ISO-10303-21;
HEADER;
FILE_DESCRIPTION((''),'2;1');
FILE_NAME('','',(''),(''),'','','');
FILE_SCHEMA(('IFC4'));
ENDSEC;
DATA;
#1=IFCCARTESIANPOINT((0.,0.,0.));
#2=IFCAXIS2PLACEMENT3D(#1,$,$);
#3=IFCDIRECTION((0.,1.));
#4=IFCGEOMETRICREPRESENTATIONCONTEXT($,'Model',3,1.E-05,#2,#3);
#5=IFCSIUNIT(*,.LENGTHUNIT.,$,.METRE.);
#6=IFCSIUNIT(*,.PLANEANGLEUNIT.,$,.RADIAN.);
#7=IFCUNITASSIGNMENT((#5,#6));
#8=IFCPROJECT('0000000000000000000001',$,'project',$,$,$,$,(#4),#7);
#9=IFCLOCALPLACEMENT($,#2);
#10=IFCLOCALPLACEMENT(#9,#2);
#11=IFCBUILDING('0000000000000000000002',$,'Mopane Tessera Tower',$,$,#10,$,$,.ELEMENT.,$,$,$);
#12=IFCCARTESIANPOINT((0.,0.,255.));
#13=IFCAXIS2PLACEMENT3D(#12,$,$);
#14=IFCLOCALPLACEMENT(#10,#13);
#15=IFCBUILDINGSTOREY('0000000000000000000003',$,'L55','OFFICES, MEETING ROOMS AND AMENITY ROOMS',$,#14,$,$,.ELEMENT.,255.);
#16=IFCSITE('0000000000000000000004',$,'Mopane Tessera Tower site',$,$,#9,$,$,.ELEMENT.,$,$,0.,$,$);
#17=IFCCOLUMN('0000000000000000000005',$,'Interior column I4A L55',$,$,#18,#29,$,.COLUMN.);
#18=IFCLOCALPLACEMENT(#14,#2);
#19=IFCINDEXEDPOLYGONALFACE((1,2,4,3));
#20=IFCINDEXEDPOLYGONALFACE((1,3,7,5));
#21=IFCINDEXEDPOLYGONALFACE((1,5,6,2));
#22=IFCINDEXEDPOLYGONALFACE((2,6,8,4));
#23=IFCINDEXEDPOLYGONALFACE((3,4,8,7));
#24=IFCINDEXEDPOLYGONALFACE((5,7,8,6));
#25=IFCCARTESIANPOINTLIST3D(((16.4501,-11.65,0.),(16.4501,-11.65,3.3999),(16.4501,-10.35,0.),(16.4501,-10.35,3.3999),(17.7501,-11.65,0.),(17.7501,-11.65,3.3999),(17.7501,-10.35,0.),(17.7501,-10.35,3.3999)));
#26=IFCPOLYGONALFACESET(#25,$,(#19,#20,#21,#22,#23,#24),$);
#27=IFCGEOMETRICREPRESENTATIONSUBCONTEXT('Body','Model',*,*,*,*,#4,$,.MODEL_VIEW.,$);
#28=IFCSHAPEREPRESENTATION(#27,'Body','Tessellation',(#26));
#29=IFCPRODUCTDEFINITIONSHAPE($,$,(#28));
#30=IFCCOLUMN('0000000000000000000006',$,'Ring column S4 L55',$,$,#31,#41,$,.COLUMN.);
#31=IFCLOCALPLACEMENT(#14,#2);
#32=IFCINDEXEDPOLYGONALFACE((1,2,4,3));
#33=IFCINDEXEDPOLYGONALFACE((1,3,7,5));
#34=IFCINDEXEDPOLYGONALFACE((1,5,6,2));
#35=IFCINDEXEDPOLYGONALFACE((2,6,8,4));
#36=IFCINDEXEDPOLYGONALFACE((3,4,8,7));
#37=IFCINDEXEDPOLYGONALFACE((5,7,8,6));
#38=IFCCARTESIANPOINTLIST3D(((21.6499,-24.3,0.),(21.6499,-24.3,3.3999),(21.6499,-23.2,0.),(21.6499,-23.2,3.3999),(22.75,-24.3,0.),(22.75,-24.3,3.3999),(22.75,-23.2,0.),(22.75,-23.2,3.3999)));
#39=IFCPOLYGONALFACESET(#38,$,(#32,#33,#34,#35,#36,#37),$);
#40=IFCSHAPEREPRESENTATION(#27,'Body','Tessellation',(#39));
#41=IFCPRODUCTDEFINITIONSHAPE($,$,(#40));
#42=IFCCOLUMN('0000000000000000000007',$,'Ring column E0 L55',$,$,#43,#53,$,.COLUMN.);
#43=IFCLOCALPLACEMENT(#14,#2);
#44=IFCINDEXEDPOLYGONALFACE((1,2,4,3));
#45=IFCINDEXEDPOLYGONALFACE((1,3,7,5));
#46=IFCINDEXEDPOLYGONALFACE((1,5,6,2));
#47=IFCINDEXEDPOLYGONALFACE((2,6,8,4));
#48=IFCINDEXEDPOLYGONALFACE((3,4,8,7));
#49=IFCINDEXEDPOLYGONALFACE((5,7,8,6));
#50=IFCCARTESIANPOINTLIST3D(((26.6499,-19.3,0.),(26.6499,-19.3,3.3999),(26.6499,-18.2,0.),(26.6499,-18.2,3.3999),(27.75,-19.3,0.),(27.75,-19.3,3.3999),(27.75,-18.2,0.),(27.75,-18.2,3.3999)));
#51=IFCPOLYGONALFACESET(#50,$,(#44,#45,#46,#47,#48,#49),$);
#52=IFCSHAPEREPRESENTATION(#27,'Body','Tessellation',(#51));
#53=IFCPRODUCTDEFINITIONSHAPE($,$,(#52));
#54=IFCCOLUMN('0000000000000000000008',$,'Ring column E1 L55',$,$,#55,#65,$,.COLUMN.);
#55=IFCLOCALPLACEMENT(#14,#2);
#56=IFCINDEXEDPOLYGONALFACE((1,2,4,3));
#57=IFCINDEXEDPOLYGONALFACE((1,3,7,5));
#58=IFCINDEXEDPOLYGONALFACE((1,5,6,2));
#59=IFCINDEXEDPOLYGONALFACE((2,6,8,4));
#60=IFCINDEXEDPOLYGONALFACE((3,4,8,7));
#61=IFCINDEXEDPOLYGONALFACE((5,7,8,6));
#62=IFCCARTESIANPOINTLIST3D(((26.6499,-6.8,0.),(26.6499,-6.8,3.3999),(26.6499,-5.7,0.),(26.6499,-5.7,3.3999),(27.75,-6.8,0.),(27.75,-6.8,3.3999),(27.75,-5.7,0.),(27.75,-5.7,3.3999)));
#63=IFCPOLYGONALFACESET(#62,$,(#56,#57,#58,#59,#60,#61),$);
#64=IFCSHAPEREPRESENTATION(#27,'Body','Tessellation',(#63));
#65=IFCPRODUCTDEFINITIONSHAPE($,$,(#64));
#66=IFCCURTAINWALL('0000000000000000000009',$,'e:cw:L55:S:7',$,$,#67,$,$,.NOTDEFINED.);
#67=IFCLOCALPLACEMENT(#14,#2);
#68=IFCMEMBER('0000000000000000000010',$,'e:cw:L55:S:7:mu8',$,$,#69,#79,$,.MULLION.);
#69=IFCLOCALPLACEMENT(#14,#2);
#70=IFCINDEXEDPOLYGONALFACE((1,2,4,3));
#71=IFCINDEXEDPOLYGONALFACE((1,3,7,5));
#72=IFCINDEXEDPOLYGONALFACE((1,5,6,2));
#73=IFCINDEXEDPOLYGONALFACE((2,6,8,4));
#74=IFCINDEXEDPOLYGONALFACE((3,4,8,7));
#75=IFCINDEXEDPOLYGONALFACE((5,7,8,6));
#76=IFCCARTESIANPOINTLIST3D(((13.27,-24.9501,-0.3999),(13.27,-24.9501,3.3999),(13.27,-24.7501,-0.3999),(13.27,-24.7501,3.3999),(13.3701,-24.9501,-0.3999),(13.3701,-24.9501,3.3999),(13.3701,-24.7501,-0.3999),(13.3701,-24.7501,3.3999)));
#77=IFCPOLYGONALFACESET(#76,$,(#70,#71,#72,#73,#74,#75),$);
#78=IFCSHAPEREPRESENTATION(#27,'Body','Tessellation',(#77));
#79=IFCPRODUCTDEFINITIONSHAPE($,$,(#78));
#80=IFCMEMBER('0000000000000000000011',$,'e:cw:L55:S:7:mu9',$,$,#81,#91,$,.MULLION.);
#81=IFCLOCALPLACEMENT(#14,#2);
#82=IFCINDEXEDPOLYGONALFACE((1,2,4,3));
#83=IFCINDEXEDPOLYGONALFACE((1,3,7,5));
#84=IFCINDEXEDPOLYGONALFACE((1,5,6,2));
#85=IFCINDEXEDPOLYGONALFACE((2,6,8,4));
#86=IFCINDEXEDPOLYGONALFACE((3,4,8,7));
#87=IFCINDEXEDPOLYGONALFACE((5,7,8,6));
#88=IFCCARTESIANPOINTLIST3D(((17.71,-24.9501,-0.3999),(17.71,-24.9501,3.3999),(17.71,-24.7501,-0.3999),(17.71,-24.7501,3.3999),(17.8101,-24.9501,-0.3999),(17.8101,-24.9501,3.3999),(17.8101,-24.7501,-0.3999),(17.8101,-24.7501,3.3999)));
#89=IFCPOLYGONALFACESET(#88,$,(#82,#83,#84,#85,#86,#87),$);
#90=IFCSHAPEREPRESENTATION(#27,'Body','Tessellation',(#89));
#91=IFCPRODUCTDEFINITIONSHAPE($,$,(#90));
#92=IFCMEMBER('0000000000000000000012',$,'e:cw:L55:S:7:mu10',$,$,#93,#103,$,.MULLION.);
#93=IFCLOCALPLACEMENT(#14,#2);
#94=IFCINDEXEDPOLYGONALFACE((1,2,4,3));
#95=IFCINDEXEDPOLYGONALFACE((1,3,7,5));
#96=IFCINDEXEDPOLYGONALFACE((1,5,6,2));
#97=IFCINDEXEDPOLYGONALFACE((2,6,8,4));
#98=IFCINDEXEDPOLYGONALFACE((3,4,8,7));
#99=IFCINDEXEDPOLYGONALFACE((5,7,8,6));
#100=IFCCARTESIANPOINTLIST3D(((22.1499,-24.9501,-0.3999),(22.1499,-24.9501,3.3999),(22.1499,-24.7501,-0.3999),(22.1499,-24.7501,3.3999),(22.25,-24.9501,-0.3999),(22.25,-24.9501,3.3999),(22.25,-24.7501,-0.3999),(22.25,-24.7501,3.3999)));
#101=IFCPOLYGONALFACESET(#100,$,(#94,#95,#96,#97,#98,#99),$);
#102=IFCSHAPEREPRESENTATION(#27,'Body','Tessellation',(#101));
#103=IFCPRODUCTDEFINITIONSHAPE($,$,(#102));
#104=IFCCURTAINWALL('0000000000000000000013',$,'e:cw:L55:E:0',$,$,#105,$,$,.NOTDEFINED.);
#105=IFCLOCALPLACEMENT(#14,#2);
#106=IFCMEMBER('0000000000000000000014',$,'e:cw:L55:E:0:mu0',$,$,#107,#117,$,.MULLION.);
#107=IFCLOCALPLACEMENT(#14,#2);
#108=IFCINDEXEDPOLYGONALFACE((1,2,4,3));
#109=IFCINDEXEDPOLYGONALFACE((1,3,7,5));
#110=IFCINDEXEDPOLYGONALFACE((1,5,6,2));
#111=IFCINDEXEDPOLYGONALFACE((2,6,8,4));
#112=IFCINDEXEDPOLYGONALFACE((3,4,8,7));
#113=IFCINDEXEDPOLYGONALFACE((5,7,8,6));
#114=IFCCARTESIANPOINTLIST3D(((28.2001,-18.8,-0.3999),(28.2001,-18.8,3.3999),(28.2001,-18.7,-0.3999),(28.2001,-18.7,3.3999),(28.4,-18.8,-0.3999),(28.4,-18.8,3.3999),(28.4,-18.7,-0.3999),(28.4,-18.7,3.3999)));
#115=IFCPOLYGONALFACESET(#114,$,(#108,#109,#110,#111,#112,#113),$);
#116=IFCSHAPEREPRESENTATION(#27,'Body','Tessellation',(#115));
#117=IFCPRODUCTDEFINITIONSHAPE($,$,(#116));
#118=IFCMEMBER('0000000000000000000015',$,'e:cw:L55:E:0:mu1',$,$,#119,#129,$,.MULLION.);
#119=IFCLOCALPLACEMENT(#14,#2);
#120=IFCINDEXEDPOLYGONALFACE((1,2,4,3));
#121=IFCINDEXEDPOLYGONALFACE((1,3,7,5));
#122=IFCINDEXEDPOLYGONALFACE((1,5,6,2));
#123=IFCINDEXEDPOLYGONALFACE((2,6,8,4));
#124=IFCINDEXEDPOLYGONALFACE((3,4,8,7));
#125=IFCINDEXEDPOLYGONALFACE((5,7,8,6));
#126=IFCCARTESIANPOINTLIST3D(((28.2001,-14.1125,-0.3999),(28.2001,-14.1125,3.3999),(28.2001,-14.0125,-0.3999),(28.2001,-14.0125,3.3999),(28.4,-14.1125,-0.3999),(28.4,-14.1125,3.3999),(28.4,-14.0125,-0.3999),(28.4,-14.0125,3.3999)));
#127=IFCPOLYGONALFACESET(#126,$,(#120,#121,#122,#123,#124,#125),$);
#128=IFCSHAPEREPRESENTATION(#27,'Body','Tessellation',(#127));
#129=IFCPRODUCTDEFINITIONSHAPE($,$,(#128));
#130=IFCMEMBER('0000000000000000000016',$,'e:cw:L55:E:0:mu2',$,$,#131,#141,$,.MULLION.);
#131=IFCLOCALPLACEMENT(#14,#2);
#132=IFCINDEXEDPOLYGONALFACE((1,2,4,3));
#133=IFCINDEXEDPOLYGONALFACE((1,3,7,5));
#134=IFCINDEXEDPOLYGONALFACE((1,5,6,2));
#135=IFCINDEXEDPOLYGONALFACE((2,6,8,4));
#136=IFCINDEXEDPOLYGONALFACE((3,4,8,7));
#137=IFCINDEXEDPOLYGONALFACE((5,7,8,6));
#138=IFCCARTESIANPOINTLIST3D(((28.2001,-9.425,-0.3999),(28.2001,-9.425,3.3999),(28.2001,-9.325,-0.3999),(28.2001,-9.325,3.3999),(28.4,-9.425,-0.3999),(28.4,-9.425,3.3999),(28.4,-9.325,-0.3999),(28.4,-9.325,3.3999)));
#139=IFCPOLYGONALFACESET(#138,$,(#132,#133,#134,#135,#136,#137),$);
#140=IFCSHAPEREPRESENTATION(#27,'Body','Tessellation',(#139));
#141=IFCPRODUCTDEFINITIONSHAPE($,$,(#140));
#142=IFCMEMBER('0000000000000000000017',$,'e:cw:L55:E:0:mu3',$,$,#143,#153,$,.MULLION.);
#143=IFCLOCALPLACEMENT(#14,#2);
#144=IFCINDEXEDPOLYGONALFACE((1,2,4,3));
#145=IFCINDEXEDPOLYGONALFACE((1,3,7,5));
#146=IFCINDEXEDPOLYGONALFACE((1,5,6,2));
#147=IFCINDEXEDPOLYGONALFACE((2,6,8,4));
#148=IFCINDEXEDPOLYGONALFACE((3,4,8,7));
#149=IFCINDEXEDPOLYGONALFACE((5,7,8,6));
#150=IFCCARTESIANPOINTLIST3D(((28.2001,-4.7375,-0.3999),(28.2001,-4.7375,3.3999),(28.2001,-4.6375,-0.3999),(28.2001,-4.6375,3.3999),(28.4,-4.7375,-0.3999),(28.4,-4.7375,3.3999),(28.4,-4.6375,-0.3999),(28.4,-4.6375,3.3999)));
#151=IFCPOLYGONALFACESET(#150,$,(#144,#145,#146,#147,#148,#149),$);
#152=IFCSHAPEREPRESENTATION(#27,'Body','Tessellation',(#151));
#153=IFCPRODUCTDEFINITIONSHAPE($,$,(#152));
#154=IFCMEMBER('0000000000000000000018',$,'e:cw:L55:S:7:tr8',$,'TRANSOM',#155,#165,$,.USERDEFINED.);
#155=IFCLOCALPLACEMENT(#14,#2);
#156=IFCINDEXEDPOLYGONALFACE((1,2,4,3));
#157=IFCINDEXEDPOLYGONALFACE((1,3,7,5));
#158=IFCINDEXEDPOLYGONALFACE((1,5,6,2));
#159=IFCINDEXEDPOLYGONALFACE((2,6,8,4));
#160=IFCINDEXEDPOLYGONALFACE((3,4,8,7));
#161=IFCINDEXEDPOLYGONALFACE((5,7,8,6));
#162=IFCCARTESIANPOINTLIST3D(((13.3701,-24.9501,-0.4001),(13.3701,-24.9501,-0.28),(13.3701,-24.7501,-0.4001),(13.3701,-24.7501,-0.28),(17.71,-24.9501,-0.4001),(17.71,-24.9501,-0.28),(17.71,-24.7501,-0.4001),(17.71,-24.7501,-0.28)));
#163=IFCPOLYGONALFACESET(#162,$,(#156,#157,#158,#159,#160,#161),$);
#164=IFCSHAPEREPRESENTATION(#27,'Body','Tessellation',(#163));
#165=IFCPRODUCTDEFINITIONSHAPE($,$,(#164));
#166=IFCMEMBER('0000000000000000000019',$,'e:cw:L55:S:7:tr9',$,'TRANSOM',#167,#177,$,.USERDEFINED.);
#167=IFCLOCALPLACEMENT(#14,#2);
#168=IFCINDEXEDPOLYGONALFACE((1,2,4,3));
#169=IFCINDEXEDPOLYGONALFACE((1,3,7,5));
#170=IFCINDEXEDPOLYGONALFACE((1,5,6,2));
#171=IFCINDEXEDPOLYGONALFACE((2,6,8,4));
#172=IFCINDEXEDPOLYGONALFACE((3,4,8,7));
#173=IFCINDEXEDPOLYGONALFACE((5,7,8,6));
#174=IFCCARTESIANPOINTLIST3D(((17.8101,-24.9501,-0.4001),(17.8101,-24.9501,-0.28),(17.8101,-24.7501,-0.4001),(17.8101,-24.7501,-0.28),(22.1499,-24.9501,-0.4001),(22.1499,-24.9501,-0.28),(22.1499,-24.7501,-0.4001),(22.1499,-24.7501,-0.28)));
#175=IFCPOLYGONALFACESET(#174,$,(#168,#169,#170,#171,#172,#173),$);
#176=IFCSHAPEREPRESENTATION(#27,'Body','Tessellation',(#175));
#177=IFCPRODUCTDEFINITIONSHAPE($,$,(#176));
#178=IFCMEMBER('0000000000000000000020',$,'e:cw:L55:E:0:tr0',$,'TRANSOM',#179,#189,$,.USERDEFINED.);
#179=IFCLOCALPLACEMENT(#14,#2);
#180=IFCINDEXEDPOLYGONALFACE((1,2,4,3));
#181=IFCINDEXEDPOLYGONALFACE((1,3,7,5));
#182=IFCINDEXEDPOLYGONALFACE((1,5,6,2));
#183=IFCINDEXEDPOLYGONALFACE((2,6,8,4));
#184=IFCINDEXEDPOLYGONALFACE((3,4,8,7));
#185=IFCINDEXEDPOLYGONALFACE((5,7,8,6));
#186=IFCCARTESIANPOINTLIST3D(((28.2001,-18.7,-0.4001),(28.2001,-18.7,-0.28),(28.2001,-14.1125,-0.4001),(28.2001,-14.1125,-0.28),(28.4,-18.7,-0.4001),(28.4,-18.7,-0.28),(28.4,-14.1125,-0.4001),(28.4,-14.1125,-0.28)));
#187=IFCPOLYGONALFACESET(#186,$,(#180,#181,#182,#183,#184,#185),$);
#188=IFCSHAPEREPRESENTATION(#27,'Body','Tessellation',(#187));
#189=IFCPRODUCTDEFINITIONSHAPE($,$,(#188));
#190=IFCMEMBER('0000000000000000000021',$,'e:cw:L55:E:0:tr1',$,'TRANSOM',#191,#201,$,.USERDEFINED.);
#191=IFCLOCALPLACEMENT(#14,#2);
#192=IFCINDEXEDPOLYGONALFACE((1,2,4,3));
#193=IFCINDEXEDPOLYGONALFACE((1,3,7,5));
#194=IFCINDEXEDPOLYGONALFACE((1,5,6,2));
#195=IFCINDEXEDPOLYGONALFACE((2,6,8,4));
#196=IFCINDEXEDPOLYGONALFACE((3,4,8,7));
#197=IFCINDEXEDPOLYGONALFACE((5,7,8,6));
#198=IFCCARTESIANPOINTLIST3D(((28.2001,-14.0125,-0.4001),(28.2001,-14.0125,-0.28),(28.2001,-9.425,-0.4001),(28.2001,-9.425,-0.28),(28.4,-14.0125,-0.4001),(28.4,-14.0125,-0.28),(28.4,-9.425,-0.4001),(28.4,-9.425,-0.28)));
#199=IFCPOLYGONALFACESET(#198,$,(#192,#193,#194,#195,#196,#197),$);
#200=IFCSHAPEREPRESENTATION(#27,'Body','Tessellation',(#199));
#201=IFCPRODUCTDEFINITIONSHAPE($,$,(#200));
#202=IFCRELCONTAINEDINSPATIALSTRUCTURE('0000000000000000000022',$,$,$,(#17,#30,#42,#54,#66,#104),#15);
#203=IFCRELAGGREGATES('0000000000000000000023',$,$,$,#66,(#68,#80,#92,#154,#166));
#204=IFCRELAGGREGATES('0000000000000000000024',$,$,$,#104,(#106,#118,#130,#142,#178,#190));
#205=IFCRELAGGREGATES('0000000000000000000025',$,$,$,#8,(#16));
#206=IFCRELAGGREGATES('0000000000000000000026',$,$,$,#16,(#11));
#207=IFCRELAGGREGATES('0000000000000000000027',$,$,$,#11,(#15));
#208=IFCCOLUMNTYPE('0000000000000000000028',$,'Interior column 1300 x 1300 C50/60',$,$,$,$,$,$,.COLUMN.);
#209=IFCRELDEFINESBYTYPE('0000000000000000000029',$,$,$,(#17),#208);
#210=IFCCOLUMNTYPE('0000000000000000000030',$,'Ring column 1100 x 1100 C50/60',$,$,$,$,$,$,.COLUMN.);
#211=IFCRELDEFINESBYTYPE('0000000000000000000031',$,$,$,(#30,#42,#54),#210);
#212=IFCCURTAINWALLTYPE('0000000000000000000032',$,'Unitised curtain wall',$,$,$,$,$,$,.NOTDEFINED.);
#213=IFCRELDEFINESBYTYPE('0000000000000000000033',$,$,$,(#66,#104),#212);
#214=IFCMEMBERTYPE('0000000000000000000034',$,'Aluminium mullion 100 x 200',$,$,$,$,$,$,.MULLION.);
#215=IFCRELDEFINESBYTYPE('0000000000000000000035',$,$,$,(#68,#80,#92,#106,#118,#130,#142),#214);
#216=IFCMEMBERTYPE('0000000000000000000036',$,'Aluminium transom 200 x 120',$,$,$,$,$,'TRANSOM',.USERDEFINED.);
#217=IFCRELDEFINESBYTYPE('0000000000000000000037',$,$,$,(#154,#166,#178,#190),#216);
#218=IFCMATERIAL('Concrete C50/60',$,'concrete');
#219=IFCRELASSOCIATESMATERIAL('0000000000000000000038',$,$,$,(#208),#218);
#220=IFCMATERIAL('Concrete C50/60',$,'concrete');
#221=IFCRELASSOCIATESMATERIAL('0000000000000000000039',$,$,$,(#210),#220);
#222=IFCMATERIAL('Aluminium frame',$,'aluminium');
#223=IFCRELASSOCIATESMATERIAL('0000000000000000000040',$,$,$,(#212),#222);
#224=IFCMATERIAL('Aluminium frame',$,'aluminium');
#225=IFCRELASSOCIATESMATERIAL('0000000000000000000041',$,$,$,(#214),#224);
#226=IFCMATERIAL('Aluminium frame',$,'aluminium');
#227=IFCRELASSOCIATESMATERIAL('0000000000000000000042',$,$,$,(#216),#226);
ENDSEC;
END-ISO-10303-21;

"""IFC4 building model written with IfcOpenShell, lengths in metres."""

from ifc_helpers import new_model, si_unit, direction, frame, origin, origin_2d, place, context, subcontext, project, spatial, rectangle, extrude, material, material_profile, profile_set, type_object, element, aggregate, save


model = new_model("IFC4")

# Units and contexts
model_context = context("Model", 3, precision=1e-05, world=origin(), true_north=direction((0.0, 1.0)))
body_context = subcontext(model_context, "Body", "Model", "MODEL_VIEW")
ifc_project = project(units=[si_unit("LENGTHUNIT", "METRE"), si_unit("PLANEANGLEUNIT", "RADIAN")], contexts=[model_context])

# Site, building, storey
site_placement = place(None, origin())
site = spatial("IfcSite", under=ifc_project, at=site_placement, Name="Mopane Tessera Tower site", CompositionType="ELEMENT", RefElevation=0.0)
building_placement = place(site_placement, origin())
building = spatial("IfcBuilding", under=site, at=building_placement, Name="Mopane Tessera Tower", CompositionType="ELEMENT")
storey_placement = place(building_placement, frame((0.0, 0.0, 255.0)))
storey = spatial("IfcBuildingStorey", under=building, at=storey_placement, Name="L55", Description="OFFICES, MEETING ROOMS AND AMENITY ROOMS", CompositionType="ELEMENT", Elevation=255.0)

# Columns
ifc_material_1 = material(Name="Concrete C50/60", Category="concrete")
ifc_material_profile_1 = material_profile(ifc_material_1, rectangle(XDim=1.3, YDim=1.3, at=origin_2d()))
ifc_profile_set_1 = profile_set([ifc_material_profile_1], Name="Concrete C50/60")
column_type_1 = type_object("IfcColumnType", Name="Interior column 1300 x 1300 C50/60", PredefinedType="COLUMN", material=ifc_profile_set_1)
column_placement = place(storey_placement, frame((17.1001, -11.0, 0.0), z_axis=(0.0, 0.0, 1.0), x_axis=(1.0, 0.0, 0.0)))
element("IfcColumn", 1, at=column_placement, inside=storey, type_object=column_type_1, Name="Interior column I4A L55", PredefinedType="COLUMN", context=body_context, shape_type="SweptSolid", body=[
    extrude(rectangle(XDim=1.3, YDim=1.3, at=origin_2d()), origin(), (0.0, 0.0, 1.0), 3.3999),
])
ifc_material_2 = material(Name="Concrete C50/60", Category="concrete")
ifc_material_profile_2 = material_profile(ifc_material_2, rectangle(XDim=1.1001, YDim=1.1001, at=origin_2d()))
ifc_profile_set_2 = profile_set([ifc_material_profile_2], Name="Concrete C50/60")
column_type_2 = type_object("IfcColumnType", Name="Ring column 1100 x 1100 C50/60", PredefinedType="COLUMN", material=ifc_profile_set_2)
for number, where, z_axis, x_axis, name in (
    (2, (22.2, -23.75, 0.0), (0.0, 0.0, 1.0), (1.0, 0.0, 0.0), "Ring column S4 L55"),
    (3, (27.2, -18.75, 0.0), (0.0, 0.0, 1.0), (1.0, 0.0, 0.0), "Ring column E0 L55"),
    (4, (27.2, -6.25, 0.0), (0.0, 0.0, 1.0), (1.0, 0.0, 0.0), "Ring column E1 L55"),
):
    element("IfcColumn", number, at=place(storey_placement, frame(where, z_axis=z_axis, x_axis=x_axis)), inside=storey, type_object=column_type_2, Name=name, PredefinedType="COLUMN", context=body_context, shape_type="SweptSolid", body=[
        extrude(rectangle(XDim=1.1001, YDim=1.1001, at=origin_2d()), origin(), (0.0, 0.0, 1.0), 3.3999),
    ])

# Curtain walls, members
ifc_material_3 = material(Name="Aluminium frame", Category="aluminium")
curtain_wall_type = type_object("IfcCurtainWallType", Name="Unitised curtain wall", PredefinedType="NOTDEFINED", material=ifc_material_3)
curtain_wall_1_placement = place(storey_placement, origin())
curtain_wall_1 = element("IfcCurtainWall", 5, at=curtain_wall_1_placement, inside=storey, type_object=curtain_wall_type, Name="e:cw:L55:S:7", PredefinedType="NOTDEFINED")
ifc_material_4 = material(Name="Aluminium frame", Category="aluminium")
ifc_material_profile_3 = material_profile(ifc_material_4, rectangle(XDim=0.1001, YDim=0.2, at=origin_2d()))
ifc_profile_set_3 = profile_set([ifc_material_profile_3], Name="Aluminium frame")
member_type_1 = type_object("IfcMemberType", Name="Aluminium mullion 100 x 200", PredefinedType="MULLION", material=ifc_profile_set_3)
member_1_placement = place(storey_placement, frame((13.3201, -24.8501, -0.3999), z_axis=(0.0, 0.0, 1.0), x_axis=(1.0, 0.0, 0.0)))
member_1 = element("IfcMember", 6, at=member_1_placement, type_object=member_type_1, Name="e:cw:L55:S:7:mu8", PredefinedType="MULLION", context=body_context, shape_type="SweptSolid", body=[
    extrude(rectangle(XDim=0.1001, YDim=0.2, at=origin_2d()), origin(), (0.0, 0.0, 1.0), 3.7998),
])
member_2_placement = place(storey_placement, frame((17.76, -24.8501, -0.3999), z_axis=(0.0, 0.0, 1.0), x_axis=(1.0, 0.0, 0.0)))
member_2 = element("IfcMember", 7, at=member_2_placement, type_object=member_type_1, Name="e:cw:L55:S:7:mu9", PredefinedType="MULLION", context=body_context, shape_type="SweptSolid", body=[
    extrude(rectangle(XDim=0.1001, YDim=0.2, at=origin_2d()), origin(), (0.0, 0.0, 1.0), 3.7998),
])
member_3_placement = place(storey_placement, frame((22.2, -24.8501, -0.3999), z_axis=(0.0, 0.0, 1.0), x_axis=(1.0, 0.0, 0.0)))
member_3 = element("IfcMember", 8, at=member_3_placement, type_object=member_type_1, Name="e:cw:L55:S:7:mu10", PredefinedType="MULLION", context=body_context, shape_type="SweptSolid", body=[
    extrude(rectangle(XDim=0.1001, YDim=0.2, at=origin_2d()), origin(), (0.0, 0.0, 1.0), 3.7998),
])
curtain_wall_2_placement = place(storey_placement, origin())
curtain_wall_2 = element("IfcCurtainWall", 9, at=curtain_wall_2_placement, inside=storey, type_object=curtain_wall_type, Name="e:cw:L55:E:0", PredefinedType="NOTDEFINED")
member_4_placement = place(storey_placement, frame((28.3, -18.75, -0.3999), z_axis=(0.0, 0.0, 1.0), x_axis=(0.0, 1.0, 0.0)))
member_4 = element("IfcMember", 10, at=member_4_placement, type_object=member_type_1, Name="e:cw:L55:E:0:mu0", PredefinedType="MULLION", context=body_context, shape_type="SweptSolid", body=[
    extrude(rectangle(XDim=0.1001, YDim=0.2, at=origin_2d()), origin(), (0.0, 0.0, 1.0), 3.7998),
])
member_5_placement = place(storey_placement, frame((28.3, -14.0625, -0.3999), z_axis=(0.0, 0.0, 1.0), x_axis=(0.0, 1.0, 0.0)))
member_5 = element("IfcMember", 11, at=member_5_placement, type_object=member_type_1, Name="e:cw:L55:E:0:mu1", PredefinedType="MULLION", context=body_context, shape_type="SweptSolid", body=[
    extrude(rectangle(XDim=0.1001, YDim=0.2, at=origin_2d()), origin(), (0.0, 0.0, 1.0), 3.7998),
])
member_6_placement = place(storey_placement, frame((28.3, -9.375, -0.3999), z_axis=(0.0, 0.0, 1.0), x_axis=(0.0, 1.0, 0.0)))
member_6 = element("IfcMember", 12, at=member_6_placement, type_object=member_type_1, Name="e:cw:L55:E:0:mu2", PredefinedType="MULLION", context=body_context, shape_type="SweptSolid", body=[
    extrude(rectangle(XDim=0.1001, YDim=0.2, at=origin_2d()), origin(), (0.0, 0.0, 1.0), 3.7998),
])
member_7_placement = place(storey_placement, frame((28.3, -4.6875, -0.3999), z_axis=(0.0, 0.0, 1.0), x_axis=(0.0, 1.0, 0.0)))
member_7 = element("IfcMember", 13, at=member_7_placement, type_object=member_type_1, Name="e:cw:L55:E:0:mu3", PredefinedType="MULLION", context=body_context, shape_type="SweptSolid", body=[
    extrude(rectangle(XDim=0.1001, YDim=0.2, at=origin_2d()), origin(), (0.0, 0.0, 1.0), 3.7998),
])

# Members
ifc_material_5 = material(Name="Aluminium frame", Category="aluminium")
ifc_material_profile_4 = material_profile(ifc_material_5, rectangle(XDim=0.2, YDim=0.1201, at=origin_2d()))
ifc_profile_set_4 = profile_set([ifc_material_profile_4], Name="Aluminium frame")
member_type_2 = type_object("IfcMemberType", Name="Aluminium transom 200 x 120", ElementType="TRANSOM", PredefinedType="USERDEFINED", material=ifc_profile_set_4)
member_8_placement = place(storey_placement, frame((13.3701, -24.8501, -0.3401), z_axis=(1.0, 0.0, 0.0), x_axis=(0.0, 1.0, 0.0)))
member_8 = element("IfcMember", 14, at=member_8_placement, type_object=member_type_2, Name="e:cw:L55:S:7:tr8", ObjectType="TRANSOM", PredefinedType="USERDEFINED", context=body_context, shape_type="SweptSolid", body=[
    extrude(rectangle(XDim=0.2, YDim=0.1201, at=origin_2d()), origin(), (0.0, 0.0, 1.0), 4.3398),
])
member_9_placement = place(storey_placement, frame((17.8101, -24.8501, -0.3401), z_axis=(1.0, 0.0, 0.0), x_axis=(0.0, 1.0, 0.0)))
member_9 = element("IfcMember", 15, at=member_9_placement, type_object=member_type_2, Name="e:cw:L55:S:7:tr9", ObjectType="TRANSOM", PredefinedType="USERDEFINED", context=body_context, shape_type="SweptSolid", body=[
    extrude(rectangle(XDim=0.2, YDim=0.1201, at=origin_2d()), origin(), (0.0, 0.0, 1.0), 4.3398),
])
member_10_placement = place(storey_placement, frame((28.3, -18.7, -0.3401), z_axis=(0.0, 1.0, 0.0), x_axis=(-1.0, 0.0, 0.0)))
member_10 = element("IfcMember", 16, at=member_10_placement, type_object=member_type_2, Name="e:cw:L55:E:0:tr0", ObjectType="TRANSOM", PredefinedType="USERDEFINED", context=body_context, shape_type="SweptSolid", body=[
    extrude(rectangle(XDim=0.2, YDim=0.1201, at=origin_2d()), origin(), (0.0, 0.0, 1.0), 4.5874),
])
member_11_placement = place(storey_placement, frame((28.3, -14.0125, -0.3401), z_axis=(0.0, 1.0, 0.0), x_axis=(-1.0, 0.0, 0.0)))
member_11 = element("IfcMember", 17, at=member_11_placement, type_object=member_type_2, Name="e:cw:L55:E:0:tr1", ObjectType="TRANSOM", PredefinedType="USERDEFINED", context=body_context, shape_type="SweptSolid", body=[
    extrude(rectangle(XDim=0.2, YDim=0.1201, at=origin_2d()), origin(), (0.0, 0.0, 1.0), 4.5874),
])

aggregate(curtain_wall_1, [member_1, member_2, member_3, member_8, member_9])
aggregate(curtain_wall_2, [member_4, member_5, member_6, member_7, member_10, member_11])

save(model, "model.ifc")
